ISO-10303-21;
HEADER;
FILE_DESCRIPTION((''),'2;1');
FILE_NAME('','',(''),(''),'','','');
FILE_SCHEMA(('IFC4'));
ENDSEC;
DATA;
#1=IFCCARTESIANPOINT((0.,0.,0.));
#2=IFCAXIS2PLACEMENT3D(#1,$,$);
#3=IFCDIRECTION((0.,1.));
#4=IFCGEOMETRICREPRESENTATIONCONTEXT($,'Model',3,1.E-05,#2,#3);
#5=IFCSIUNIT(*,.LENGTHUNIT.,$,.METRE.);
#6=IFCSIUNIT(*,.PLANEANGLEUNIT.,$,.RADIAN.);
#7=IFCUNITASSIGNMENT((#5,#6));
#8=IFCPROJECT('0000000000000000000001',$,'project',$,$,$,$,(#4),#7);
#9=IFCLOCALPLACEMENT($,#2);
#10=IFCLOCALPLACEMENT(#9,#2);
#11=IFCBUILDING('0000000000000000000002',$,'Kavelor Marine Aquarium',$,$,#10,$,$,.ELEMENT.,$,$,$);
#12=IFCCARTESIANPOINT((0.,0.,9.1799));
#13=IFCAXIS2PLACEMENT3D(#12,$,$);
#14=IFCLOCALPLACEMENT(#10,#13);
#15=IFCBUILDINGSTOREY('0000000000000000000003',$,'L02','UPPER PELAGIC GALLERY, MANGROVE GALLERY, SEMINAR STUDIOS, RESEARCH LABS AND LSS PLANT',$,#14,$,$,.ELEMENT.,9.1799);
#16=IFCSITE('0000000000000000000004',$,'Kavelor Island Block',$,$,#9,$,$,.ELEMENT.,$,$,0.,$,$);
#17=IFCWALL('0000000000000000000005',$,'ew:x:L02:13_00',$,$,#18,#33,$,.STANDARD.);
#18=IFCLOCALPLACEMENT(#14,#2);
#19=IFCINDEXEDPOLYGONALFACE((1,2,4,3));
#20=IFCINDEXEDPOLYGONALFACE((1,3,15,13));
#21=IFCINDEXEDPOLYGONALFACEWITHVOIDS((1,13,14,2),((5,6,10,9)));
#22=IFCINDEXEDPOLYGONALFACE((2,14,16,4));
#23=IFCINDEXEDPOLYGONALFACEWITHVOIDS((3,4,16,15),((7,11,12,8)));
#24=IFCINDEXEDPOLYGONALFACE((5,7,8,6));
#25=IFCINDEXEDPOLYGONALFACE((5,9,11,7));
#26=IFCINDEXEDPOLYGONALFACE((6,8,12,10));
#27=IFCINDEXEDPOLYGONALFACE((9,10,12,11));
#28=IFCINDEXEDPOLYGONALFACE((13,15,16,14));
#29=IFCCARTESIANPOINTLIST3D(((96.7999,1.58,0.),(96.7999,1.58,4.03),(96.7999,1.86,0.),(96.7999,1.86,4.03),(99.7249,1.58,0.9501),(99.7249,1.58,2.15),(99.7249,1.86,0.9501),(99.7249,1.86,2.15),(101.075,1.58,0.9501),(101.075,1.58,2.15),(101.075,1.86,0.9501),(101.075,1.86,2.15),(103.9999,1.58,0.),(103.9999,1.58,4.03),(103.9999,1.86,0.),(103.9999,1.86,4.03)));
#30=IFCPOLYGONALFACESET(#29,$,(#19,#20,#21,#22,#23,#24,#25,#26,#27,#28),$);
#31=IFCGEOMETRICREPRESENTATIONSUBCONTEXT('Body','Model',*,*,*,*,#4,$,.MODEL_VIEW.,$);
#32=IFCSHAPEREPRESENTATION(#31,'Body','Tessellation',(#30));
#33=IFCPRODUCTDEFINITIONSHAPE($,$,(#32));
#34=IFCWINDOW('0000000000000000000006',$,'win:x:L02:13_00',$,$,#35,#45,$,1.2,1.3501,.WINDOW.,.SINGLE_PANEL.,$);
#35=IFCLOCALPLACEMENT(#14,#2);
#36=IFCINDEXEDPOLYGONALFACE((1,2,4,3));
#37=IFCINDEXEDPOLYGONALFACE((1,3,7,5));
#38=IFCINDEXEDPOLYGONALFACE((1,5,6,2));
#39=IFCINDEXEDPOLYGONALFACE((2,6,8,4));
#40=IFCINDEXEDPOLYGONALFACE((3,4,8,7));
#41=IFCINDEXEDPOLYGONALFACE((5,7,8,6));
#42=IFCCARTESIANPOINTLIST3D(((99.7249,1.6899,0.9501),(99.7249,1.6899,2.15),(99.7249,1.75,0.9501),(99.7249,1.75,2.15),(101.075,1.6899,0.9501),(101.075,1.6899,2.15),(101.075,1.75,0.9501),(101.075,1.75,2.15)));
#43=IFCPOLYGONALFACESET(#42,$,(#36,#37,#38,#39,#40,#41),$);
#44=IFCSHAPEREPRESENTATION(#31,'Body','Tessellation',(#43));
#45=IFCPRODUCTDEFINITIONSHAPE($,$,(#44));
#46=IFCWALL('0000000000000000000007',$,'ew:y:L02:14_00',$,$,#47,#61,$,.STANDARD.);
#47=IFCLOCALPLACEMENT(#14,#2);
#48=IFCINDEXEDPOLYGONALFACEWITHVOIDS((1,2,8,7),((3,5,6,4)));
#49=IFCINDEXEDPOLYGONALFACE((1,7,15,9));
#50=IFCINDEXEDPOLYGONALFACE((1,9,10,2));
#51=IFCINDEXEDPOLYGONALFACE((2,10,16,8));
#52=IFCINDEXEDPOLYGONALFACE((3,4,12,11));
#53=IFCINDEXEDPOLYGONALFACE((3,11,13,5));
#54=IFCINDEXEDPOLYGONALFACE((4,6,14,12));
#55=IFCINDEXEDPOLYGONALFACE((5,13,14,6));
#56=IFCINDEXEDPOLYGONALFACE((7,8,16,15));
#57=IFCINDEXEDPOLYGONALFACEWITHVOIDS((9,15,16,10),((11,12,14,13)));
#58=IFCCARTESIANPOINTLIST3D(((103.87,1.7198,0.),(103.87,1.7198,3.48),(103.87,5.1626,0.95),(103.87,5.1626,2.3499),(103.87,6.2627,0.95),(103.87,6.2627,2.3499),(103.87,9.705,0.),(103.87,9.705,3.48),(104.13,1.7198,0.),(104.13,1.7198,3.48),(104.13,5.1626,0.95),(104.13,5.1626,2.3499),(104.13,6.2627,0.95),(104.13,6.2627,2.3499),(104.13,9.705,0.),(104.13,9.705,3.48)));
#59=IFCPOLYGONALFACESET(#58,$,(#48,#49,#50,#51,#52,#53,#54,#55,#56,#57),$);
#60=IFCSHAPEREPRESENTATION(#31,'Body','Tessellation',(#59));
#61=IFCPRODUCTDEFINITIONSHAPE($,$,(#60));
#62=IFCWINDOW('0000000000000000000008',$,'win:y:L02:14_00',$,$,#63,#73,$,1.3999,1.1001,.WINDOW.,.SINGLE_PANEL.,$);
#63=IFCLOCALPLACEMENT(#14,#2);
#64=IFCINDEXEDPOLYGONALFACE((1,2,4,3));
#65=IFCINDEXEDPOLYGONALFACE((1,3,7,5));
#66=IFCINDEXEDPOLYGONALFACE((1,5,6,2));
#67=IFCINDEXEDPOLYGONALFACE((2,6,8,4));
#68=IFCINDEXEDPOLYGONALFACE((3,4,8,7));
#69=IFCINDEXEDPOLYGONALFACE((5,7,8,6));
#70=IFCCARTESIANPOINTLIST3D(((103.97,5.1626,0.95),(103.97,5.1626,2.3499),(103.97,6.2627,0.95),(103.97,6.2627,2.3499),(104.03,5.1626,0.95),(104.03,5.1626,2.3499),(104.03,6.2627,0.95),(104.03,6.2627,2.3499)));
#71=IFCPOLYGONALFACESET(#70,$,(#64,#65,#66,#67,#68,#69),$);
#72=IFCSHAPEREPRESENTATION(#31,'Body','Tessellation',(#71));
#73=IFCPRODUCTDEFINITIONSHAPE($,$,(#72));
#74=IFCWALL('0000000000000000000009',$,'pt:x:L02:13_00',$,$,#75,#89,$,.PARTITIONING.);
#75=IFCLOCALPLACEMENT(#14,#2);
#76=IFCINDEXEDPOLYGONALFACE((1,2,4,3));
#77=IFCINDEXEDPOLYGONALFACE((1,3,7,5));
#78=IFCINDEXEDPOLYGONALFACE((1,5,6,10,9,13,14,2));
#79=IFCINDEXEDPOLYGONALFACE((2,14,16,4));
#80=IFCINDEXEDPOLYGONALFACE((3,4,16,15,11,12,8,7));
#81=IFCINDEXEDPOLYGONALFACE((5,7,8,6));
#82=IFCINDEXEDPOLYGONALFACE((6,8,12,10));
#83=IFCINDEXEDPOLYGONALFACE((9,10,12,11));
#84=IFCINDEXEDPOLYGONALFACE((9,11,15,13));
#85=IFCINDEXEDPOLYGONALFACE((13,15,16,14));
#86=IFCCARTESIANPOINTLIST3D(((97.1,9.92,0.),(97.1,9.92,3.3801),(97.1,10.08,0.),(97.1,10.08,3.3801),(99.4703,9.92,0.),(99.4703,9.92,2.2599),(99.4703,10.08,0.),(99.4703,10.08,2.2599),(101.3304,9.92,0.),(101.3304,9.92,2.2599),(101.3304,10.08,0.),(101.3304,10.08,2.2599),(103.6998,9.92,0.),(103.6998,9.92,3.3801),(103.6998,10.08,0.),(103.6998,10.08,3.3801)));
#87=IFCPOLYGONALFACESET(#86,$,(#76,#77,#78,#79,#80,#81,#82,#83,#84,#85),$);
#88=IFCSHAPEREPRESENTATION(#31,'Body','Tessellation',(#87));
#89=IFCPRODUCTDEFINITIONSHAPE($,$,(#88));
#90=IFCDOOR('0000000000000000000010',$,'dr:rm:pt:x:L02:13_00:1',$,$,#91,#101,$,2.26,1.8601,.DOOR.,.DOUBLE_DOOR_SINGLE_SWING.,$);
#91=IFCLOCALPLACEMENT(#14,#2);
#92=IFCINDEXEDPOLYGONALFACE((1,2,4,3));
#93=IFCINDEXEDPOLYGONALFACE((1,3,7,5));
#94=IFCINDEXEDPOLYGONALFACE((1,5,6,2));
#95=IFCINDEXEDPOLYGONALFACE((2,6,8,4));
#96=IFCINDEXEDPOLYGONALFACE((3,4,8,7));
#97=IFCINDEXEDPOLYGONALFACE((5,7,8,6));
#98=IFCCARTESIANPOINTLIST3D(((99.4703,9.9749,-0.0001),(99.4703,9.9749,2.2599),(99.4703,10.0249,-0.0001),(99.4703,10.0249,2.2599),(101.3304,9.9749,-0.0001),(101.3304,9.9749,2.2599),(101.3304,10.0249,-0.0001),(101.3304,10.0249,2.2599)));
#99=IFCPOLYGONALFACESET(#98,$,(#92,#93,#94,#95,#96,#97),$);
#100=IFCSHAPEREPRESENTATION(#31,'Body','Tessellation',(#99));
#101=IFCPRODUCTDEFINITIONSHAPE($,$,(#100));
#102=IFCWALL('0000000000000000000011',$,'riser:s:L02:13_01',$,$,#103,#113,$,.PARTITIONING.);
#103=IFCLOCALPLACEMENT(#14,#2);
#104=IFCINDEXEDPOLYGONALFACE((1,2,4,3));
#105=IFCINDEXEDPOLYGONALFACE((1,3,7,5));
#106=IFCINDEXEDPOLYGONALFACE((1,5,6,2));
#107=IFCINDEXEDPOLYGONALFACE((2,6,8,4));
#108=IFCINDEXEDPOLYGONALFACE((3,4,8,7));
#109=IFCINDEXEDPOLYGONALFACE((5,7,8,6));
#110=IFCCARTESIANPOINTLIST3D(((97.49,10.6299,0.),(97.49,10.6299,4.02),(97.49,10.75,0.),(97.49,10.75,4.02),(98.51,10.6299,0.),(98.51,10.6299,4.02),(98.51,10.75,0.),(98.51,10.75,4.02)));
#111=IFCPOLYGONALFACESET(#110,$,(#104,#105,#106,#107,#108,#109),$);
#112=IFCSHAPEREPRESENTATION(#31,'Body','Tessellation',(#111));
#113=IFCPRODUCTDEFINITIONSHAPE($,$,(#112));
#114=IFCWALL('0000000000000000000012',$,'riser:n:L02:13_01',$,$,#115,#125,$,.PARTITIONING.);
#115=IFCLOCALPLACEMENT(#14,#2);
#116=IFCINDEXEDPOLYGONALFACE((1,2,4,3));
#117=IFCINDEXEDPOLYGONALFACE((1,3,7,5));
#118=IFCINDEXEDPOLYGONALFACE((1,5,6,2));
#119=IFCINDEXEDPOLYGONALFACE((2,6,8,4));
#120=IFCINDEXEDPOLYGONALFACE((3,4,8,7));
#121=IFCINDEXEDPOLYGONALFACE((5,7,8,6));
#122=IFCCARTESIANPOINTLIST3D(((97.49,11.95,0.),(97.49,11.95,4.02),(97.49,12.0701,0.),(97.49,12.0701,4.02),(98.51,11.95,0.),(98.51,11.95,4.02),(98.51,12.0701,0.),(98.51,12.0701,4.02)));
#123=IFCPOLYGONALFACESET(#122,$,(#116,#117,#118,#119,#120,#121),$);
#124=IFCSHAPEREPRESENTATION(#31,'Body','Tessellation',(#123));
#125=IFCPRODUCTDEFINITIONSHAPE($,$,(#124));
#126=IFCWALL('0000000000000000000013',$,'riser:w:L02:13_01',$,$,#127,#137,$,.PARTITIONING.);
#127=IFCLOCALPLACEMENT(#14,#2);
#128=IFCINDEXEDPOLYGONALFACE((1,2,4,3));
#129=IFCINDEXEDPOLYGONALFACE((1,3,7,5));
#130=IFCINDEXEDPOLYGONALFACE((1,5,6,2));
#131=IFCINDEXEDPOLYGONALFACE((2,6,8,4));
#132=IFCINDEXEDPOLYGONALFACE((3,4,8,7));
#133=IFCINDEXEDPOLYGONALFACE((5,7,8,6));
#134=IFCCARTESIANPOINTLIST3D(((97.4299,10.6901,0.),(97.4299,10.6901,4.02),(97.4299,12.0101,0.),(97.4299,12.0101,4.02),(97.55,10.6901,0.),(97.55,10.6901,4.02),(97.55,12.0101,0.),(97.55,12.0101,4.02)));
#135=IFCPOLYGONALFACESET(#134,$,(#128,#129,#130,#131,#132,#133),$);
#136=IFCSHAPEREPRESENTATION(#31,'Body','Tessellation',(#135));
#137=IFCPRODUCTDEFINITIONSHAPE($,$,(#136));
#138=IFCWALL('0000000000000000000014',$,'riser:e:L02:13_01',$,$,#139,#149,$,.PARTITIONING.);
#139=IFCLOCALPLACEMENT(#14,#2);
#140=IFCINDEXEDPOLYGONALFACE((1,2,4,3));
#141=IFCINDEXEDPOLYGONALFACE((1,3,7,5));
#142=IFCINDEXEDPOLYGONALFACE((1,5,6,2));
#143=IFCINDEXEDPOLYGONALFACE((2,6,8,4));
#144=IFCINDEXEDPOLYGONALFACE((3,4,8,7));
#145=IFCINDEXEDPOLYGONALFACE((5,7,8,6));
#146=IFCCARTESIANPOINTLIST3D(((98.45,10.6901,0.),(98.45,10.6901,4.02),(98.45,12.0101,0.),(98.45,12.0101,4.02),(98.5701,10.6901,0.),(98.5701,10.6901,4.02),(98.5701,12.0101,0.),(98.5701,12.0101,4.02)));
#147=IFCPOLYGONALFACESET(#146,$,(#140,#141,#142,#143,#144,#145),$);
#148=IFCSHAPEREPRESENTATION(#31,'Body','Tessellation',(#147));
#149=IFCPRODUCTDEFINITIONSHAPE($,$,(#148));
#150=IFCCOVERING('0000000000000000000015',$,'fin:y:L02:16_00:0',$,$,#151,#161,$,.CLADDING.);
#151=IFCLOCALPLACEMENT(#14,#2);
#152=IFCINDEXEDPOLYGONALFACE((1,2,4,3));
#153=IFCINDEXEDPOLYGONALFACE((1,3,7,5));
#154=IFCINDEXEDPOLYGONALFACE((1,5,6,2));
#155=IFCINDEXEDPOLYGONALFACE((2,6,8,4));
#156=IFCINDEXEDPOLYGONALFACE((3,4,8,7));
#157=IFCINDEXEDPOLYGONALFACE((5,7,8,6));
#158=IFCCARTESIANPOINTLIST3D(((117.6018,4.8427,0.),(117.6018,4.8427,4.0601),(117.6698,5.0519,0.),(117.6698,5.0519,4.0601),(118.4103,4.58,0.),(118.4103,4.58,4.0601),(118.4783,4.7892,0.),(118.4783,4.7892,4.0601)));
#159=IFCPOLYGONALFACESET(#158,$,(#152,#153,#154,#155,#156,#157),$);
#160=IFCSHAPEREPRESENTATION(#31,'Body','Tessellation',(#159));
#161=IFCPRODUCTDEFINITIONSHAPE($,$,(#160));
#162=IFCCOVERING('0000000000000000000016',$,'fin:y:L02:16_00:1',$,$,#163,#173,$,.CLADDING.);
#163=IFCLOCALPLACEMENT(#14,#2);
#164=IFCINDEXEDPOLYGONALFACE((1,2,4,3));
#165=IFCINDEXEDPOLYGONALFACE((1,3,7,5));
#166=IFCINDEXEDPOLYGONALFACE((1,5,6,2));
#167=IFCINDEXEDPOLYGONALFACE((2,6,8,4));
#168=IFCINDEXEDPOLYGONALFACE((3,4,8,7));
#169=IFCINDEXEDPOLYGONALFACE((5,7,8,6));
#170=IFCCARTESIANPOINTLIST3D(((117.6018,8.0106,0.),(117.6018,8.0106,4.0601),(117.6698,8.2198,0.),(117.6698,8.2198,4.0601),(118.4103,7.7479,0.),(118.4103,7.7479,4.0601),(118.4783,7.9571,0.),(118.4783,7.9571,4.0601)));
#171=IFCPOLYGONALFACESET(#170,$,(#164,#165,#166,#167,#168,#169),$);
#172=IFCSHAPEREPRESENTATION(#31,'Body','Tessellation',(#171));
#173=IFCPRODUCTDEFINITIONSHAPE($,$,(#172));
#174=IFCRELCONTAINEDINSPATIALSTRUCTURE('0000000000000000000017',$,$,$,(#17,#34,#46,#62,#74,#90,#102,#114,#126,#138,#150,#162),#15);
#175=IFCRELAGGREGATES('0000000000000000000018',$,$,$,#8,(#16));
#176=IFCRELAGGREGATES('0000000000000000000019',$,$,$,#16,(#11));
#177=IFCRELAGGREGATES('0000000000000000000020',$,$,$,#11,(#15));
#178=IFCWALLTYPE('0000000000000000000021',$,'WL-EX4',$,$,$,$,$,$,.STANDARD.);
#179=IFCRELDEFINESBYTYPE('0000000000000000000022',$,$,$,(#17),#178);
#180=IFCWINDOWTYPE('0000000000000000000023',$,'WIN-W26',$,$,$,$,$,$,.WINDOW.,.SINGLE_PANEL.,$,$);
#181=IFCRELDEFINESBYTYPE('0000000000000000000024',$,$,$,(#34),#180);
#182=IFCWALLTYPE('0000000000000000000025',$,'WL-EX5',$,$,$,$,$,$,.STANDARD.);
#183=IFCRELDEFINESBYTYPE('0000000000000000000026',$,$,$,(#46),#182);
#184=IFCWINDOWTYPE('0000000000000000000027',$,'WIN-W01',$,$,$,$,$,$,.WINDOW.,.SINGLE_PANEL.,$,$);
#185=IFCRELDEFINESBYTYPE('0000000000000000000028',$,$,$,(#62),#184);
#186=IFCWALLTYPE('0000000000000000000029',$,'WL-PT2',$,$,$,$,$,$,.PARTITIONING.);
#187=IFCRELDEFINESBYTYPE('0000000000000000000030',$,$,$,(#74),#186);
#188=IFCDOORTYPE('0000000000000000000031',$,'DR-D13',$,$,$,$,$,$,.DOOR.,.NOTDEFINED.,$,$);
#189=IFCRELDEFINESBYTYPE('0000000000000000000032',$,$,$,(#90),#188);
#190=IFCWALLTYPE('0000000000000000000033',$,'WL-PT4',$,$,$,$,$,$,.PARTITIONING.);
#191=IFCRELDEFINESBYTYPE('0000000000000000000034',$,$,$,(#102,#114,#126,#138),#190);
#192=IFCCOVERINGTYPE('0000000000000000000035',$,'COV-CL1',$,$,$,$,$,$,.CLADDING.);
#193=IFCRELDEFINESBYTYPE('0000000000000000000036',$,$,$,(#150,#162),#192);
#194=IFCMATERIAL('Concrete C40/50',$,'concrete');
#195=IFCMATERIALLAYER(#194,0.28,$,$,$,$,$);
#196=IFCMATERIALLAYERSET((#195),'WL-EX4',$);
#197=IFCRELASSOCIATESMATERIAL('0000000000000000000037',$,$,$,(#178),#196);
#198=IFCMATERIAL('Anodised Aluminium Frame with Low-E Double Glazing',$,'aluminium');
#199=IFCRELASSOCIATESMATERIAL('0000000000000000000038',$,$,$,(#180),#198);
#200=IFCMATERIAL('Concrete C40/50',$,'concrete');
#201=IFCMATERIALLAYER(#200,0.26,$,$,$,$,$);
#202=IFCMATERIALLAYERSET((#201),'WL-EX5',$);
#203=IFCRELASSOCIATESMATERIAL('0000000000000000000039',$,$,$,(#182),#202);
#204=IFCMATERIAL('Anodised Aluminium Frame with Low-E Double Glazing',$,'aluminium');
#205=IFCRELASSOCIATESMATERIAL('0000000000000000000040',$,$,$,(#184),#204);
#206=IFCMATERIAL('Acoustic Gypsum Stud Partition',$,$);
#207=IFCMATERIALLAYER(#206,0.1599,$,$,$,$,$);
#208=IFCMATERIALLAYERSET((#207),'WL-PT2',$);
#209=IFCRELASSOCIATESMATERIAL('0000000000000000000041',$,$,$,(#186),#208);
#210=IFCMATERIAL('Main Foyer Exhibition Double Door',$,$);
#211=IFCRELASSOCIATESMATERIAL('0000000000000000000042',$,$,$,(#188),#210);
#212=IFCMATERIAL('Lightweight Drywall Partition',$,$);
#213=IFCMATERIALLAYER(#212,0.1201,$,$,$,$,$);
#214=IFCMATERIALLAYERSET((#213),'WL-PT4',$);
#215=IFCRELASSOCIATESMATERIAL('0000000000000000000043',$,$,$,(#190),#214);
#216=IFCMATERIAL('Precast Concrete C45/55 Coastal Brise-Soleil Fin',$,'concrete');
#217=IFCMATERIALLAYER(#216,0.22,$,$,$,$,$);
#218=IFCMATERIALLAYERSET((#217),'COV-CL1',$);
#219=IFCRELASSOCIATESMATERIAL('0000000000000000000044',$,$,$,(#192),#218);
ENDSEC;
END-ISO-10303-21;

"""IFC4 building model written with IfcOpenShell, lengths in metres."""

from ifc_helpers import new_model, si_unit, direction, frame, frame_2d, origin, origin_2d, place, context, subcontext, project, spatial, rectangle, extrude, material, layer, layer_set, type_object, element, fill, save


model = new_model("IFC4")

# Units and contexts
model_context = context("Model", 3, precision=1e-05, world=origin(), true_north=direction((0.0, 1.0)))
body_context = subcontext(model_context, "Body", "Model", "MODEL_VIEW")
ifc_project = project(units=[si_unit("LENGTHUNIT", "METRE"), si_unit("PLANEANGLEUNIT", "RADIAN")], contexts=[model_context])

# Site, building, storey
site_placement = place(None, origin())
site = spatial("IfcSite", under=ifc_project, at=site_placement, Name="Kavelor Island Block", CompositionType="ELEMENT", RefElevation=0.0)
building_placement = place(site_placement, origin())
building = spatial("IfcBuilding", under=site, at=building_placement, Name="Kavelor Marine Aquarium", CompositionType="ELEMENT")
storey_placement = place(building_placement, frame((0.0, 0.0, 9.1799)))
storey = spatial("IfcBuildingStorey", under=building, at=storey_placement, Name="L02", Description="UPPER PELAGIC GALLERY, MANGROVE GALLERY, SEMINAR STUDIOS, RESEARCH LABS AND LSS PLANT", CompositionType="ELEMENT", Elevation=9.1799)

# Walls, openings, windows
ifc_material_1 = material(Name="Concrete C40/50", Category="concrete")
ifc_layer_1 = layer(ifc_material_1, 0.28)
ifc_layer_set_1 = layer_set([ifc_layer_1], Name="WL-EX4")
wall_type_1 = type_object("IfcWallType", Name="WL-EX4", PredefinedType="STANDARD", material=ifc_layer_set_1)
wall_1_placement = place(storey_placement, frame((104.0, 1.72, 0.0), z_axis=(0.0, 0.0, 1.0), x_axis=(-1.0, 0.0, 0.0)))
wall_1 = element("IfcWall", 1, at=wall_1_placement, inside=storey, type_object=wall_type_1, Name="ew:x:L02:13_00", PredefinedType="STANDARD", context=body_context, shape_type="SweptSolid", body=[
    extrude(rectangle(XDim=7.2, YDim=0.28, at=frame_2d((3.6001, 0.0))), origin(), (0.0, 0.0, 1.0), 4.03),
])
opening_1_placement = place(wall_1_placement, frame((2.925, 0.0, 0.95)))
opening_1 = element("IfcOpeningElement", 2, at=opening_1_placement, cuts=wall_1, PredefinedType="OPENING", context=body_context, shape_type="SweptSolid", body=[
    extrude(rectangle(XDim=1.3501, YDim=1.2, at=frame_2d((0.675, 0.6001))), frame((0.0, 0.1499, 0.0), z_axis=(0.0, -1.0, 0.0), x_axis=(1.0, 0.0, 0.0)), (0.0, 0.0, 1.0), 0.3),
])
ifc_material_2 = material(Name="Anodised Aluminium Frame with Low-E Double Glazing", Category="aluminium")
window_type_1 = type_object("IfcWindowType", Name="WIN-W26", PartitioningType="SINGLE_PANEL", PredefinedType="WINDOW", material=ifc_material_2)
window_1_placement = place(opening_1_placement, origin())
window_1 = element("IfcWindow", 3, at=window_1_placement, inside=storey, type_object=window_type_1, Name="win:x:L02:13_00", OverallHeight=1.2, OverallWidth=1.3501, PartitioningType="SINGLE_PANEL", PredefinedType="WINDOW", context=body_context, shape_type="SweptSolid", body=[
    extrude(rectangle(XDim=1.3501, YDim=1.2, at=frame_2d((0.675, 0.6001))), frame((0.0, 0.03, 0.0), z_axis=(0.0, -1.0, 0.0), x_axis=(1.0, 0.0, 0.0)), (0.0, 0.0, 1.0), 0.0601),
])
fill(opening_1, window_1)
ifc_material_3 = material(Name="Concrete C40/50", Category="concrete")
ifc_layer_2 = layer(ifc_material_3, 0.26)
ifc_layer_set_2 = layer_set([ifc_layer_2], Name="WL-EX5")
wall_type_2 = type_object("IfcWallType", Name="WL-EX5", PredefinedType="STANDARD", material=ifc_layer_set_2)
wall_2_placement = place(storey_placement, frame((104.0, 9.7051, 0.0), z_axis=(0.0, 0.0, 1.0), x_axis=(0.0, -1.0, 0.0)))
wall_2 = element("IfcWall", 4, at=wall_2_placement, inside=storey, type_object=wall_type_2, Name="ew:y:L02:14_00", PredefinedType="STANDARD", context=body_context, shape_type="SweptSolid", body=[
    extrude(rectangle(XDim=7.9851, YDim=0.26, at=frame_2d((3.9927, 0.0))), origin(), (0.0, 0.0, 1.0), 3.48),
])
opening_2_placement = place(wall_2_placement, frame((3.4424, 0.0, 0.95)))
opening_2 = element("IfcOpeningElement", 5, at=opening_2_placement, cuts=wall_2, PredefinedType="OPENING", context=body_context, shape_type="SweptSolid", body=[
    extrude(rectangle(XDim=1.1001, YDim=1.3999, at=frame_2d((0.55, 0.7))), frame((0.0, 0.1399, 0.0), z_axis=(0.0, -1.0, 0.0), x_axis=(1.0, 0.0, 0.0)), (0.0, 0.0, 1.0), 0.28),
])
ifc_material_4 = material(Name="Anodised Aluminium Frame with Low-E Double Glazing", Category="aluminium")
window_type_2 = type_object("IfcWindowType", Name="WIN-W01", PartitioningType="SINGLE_PANEL", PredefinedType="WINDOW", material=ifc_material_4)
window_2_placement = place(opening_2_placement, origin())
window_2 = element("IfcWindow", 6, at=window_2_placement, inside=storey, type_object=window_type_2, Name="win:y:L02:14_00", OverallHeight=1.3999, OverallWidth=1.1001, PartitioningType="SINGLE_PANEL", PredefinedType="WINDOW", context=body_context, shape_type="SweptSolid", body=[
    extrude(rectangle(XDim=1.1001, YDim=1.3999, at=frame_2d((0.55, 0.7))), frame((0.0, 0.03, 0.0), z_axis=(0.0, -1.0, 0.0), x_axis=(1.0, 0.0, 0.0)), (0.0, 0.0, 1.0), 0.0601),
])
fill(opening_2, window_2)

# Wall, opening, door
ifc_material_5 = material(Name="Acoustic Gypsum Stud Partition")
ifc_layer_3 = layer(ifc_material_5, 0.1599)
ifc_layer_set_3 = layer_set([ifc_layer_3], Name="WL-PT2")
wall_type_3 = type_object("IfcWallType", Name="WL-PT2", PredefinedType="PARTITIONING", material=ifc_layer_set_3)
wall_3_placement = place(storey_placement, frame((97.1001, 10.0, 0.0), z_axis=(0.0, 0.0, 1.0), x_axis=(1.0, 0.0, 0.0)))
wall_3 = element("IfcWall", 7, at=wall_3_placement, inside=storey, type_object=wall_type_3, Name="pt:x:L02:13_00", PredefinedType="PARTITIONING", context=body_context, shape_type="SweptSolid", body=[
    extrude(rectangle(XDim=6.5999, YDim=0.1599, at=frame_2d((3.2998, 0.0))), origin(), (0.0, 0.0, 1.0), 3.3801),
])
opening_3_placement = place(wall_3_placement, frame((2.3701, 0.0, 0.0)))
opening_3 = element("IfcOpeningElement", 8, at=opening_3_placement, cuts=wall_3, PredefinedType="OPENING", context=body_context, shape_type="SweptSolid", body=[
    extrude(rectangle(XDim=1.8601, YDim=2.26, at=frame_2d((0.9302, 1.1299))), frame((0.0, 0.0898, 0.0), z_axis=(0.0, -1.0, 0.0), x_axis=(1.0, 0.0, 0.0)), (0.0, 0.0, 1.0), 0.1799),
])
ifc_material_6 = material(Name="Main Foyer Exhibition Double Door")
door_type = type_object("IfcDoorType", Name="DR-D13", OperationType="NOTDEFINED", PredefinedType="DOOR", material=ifc_material_6)
door_placement = place(opening_3_placement, origin())
door = element("IfcDoor", 9, at=door_placement, inside=storey, type_object=door_type, Name="dr:rm:pt:x:L02:13_00:1", OperationType="DOUBLE_DOOR_SINGLE_SWING", OverallHeight=2.26, OverallWidth=1.8601, PredefinedType="DOOR", context=body_context, shape_type="SweptSolid", body=[
    extrude(rectangle(XDim=1.8601, YDim=2.26, at=frame_2d((0.9302, 1.1299))), frame((0.0, 0.0249, 0.0), z_axis=(0.0, -1.0, 0.0), x_axis=(1.0, 0.0, 0.0)), (0.0, 0.0, 1.0), 0.05),
])
fill(opening_3, door)

# Walls
ifc_material_7 = material(Name="Lightweight Drywall Partition")
ifc_layer_4 = layer(ifc_material_7, 0.1201)
ifc_layer_set_4 = layer_set([ifc_layer_4], Name="WL-PT4")
wall_type_4 = type_object("IfcWallType", Name="WL-PT4", PredefinedType="PARTITIONING", material=ifc_layer_set_4)
for number, where, z_axis, x_axis, name in (
    (10, (97.49, 10.6899, 0.0), (0.0, 0.0, 1.0), (1.0, 0.0, 0.0), "riser:s:L02:13_01"),
    (11, (97.49, 12.01, 0.0), (0.0, 0.0, 1.0), (1.0, 0.0, 0.0), "riser:n:L02:13_01"),
):
    element("IfcWall", number, at=place(storey_placement, frame(where, z_axis=z_axis, x_axis=x_axis)), inside=storey, type_object=wall_type_4, Name=name, PredefinedType="PARTITIONING", context=body_context, shape_type="SweptSolid", body=[
        extrude(rectangle(XDim=1.02, YDim=0.1201, at=frame_2d((0.51, 0.0))), origin(), (0.0, 0.0, 1.0), 4.02),
    ])
for number, where, z_axis, x_axis, name in (
    (12, (97.49, 10.6899, 0.0), (0.0, 0.0, 1.0), (0.0, 1.0, 0.0), "riser:w:L02:13_01"),
    (13, (98.51, 10.6899, 0.0), (0.0, 0.0, 1.0), (0.0, 1.0, 0.0), "riser:e:L02:13_01"),
):
    element("IfcWall", number, at=place(storey_placement, frame(where, z_axis=z_axis, x_axis=x_axis)), inside=storey, type_object=wall_type_4, Name=name, PredefinedType="PARTITIONING", context=body_context, shape_type="SweptSolid", body=[
        extrude(rectangle(XDim=1.3201, YDim=0.1201, at=frame_2d((0.6602, 0.0))), origin(), (0.0, 0.0, 1.0), 4.02),
    ])

# Coverings
ifc_material_8 = material(Name="Precast Concrete C45/55 Coastal Brise-Soleil Fin", Category="concrete")
ifc_layer_5 = layer(ifc_material_8, 0.22)
ifc_layer_set_5 = layer_set([ifc_layer_5], Name="COV-CL1")
covering_type = type_object("IfcCoveringType", Name="COV-CL1", PredefinedType="CLADDING", material=ifc_layer_set_5)
for number, where, z_axis, x_axis, name in (
    (14, (118.04, 4.8159, 0.0), (0.0, 0.0, 1.0), (0.951057, -0.309017, 0.0), "fin:y:L02:16_00:0"),
    (15, (118.04, 7.9839, 0.0), (0.0, 0.0, 1.0), (0.951057, -0.309017, 0.0), "fin:y:L02:16_00:1"),
):
    element("IfcCovering", number, at=place(storey_placement, frame(where, z_axis=z_axis, x_axis=x_axis)), inside=storey, type_object=covering_type, Name=name, PredefinedType="CLADDING", context=body_context, shape_type="SweptSolid", body=[
        extrude(rectangle(XDim=0.8501, YDim=0.22, at=origin_2d()), origin(), (0.0, 0.0, 1.0), 4.0601),
    ])

save(model, "model.ifc")
